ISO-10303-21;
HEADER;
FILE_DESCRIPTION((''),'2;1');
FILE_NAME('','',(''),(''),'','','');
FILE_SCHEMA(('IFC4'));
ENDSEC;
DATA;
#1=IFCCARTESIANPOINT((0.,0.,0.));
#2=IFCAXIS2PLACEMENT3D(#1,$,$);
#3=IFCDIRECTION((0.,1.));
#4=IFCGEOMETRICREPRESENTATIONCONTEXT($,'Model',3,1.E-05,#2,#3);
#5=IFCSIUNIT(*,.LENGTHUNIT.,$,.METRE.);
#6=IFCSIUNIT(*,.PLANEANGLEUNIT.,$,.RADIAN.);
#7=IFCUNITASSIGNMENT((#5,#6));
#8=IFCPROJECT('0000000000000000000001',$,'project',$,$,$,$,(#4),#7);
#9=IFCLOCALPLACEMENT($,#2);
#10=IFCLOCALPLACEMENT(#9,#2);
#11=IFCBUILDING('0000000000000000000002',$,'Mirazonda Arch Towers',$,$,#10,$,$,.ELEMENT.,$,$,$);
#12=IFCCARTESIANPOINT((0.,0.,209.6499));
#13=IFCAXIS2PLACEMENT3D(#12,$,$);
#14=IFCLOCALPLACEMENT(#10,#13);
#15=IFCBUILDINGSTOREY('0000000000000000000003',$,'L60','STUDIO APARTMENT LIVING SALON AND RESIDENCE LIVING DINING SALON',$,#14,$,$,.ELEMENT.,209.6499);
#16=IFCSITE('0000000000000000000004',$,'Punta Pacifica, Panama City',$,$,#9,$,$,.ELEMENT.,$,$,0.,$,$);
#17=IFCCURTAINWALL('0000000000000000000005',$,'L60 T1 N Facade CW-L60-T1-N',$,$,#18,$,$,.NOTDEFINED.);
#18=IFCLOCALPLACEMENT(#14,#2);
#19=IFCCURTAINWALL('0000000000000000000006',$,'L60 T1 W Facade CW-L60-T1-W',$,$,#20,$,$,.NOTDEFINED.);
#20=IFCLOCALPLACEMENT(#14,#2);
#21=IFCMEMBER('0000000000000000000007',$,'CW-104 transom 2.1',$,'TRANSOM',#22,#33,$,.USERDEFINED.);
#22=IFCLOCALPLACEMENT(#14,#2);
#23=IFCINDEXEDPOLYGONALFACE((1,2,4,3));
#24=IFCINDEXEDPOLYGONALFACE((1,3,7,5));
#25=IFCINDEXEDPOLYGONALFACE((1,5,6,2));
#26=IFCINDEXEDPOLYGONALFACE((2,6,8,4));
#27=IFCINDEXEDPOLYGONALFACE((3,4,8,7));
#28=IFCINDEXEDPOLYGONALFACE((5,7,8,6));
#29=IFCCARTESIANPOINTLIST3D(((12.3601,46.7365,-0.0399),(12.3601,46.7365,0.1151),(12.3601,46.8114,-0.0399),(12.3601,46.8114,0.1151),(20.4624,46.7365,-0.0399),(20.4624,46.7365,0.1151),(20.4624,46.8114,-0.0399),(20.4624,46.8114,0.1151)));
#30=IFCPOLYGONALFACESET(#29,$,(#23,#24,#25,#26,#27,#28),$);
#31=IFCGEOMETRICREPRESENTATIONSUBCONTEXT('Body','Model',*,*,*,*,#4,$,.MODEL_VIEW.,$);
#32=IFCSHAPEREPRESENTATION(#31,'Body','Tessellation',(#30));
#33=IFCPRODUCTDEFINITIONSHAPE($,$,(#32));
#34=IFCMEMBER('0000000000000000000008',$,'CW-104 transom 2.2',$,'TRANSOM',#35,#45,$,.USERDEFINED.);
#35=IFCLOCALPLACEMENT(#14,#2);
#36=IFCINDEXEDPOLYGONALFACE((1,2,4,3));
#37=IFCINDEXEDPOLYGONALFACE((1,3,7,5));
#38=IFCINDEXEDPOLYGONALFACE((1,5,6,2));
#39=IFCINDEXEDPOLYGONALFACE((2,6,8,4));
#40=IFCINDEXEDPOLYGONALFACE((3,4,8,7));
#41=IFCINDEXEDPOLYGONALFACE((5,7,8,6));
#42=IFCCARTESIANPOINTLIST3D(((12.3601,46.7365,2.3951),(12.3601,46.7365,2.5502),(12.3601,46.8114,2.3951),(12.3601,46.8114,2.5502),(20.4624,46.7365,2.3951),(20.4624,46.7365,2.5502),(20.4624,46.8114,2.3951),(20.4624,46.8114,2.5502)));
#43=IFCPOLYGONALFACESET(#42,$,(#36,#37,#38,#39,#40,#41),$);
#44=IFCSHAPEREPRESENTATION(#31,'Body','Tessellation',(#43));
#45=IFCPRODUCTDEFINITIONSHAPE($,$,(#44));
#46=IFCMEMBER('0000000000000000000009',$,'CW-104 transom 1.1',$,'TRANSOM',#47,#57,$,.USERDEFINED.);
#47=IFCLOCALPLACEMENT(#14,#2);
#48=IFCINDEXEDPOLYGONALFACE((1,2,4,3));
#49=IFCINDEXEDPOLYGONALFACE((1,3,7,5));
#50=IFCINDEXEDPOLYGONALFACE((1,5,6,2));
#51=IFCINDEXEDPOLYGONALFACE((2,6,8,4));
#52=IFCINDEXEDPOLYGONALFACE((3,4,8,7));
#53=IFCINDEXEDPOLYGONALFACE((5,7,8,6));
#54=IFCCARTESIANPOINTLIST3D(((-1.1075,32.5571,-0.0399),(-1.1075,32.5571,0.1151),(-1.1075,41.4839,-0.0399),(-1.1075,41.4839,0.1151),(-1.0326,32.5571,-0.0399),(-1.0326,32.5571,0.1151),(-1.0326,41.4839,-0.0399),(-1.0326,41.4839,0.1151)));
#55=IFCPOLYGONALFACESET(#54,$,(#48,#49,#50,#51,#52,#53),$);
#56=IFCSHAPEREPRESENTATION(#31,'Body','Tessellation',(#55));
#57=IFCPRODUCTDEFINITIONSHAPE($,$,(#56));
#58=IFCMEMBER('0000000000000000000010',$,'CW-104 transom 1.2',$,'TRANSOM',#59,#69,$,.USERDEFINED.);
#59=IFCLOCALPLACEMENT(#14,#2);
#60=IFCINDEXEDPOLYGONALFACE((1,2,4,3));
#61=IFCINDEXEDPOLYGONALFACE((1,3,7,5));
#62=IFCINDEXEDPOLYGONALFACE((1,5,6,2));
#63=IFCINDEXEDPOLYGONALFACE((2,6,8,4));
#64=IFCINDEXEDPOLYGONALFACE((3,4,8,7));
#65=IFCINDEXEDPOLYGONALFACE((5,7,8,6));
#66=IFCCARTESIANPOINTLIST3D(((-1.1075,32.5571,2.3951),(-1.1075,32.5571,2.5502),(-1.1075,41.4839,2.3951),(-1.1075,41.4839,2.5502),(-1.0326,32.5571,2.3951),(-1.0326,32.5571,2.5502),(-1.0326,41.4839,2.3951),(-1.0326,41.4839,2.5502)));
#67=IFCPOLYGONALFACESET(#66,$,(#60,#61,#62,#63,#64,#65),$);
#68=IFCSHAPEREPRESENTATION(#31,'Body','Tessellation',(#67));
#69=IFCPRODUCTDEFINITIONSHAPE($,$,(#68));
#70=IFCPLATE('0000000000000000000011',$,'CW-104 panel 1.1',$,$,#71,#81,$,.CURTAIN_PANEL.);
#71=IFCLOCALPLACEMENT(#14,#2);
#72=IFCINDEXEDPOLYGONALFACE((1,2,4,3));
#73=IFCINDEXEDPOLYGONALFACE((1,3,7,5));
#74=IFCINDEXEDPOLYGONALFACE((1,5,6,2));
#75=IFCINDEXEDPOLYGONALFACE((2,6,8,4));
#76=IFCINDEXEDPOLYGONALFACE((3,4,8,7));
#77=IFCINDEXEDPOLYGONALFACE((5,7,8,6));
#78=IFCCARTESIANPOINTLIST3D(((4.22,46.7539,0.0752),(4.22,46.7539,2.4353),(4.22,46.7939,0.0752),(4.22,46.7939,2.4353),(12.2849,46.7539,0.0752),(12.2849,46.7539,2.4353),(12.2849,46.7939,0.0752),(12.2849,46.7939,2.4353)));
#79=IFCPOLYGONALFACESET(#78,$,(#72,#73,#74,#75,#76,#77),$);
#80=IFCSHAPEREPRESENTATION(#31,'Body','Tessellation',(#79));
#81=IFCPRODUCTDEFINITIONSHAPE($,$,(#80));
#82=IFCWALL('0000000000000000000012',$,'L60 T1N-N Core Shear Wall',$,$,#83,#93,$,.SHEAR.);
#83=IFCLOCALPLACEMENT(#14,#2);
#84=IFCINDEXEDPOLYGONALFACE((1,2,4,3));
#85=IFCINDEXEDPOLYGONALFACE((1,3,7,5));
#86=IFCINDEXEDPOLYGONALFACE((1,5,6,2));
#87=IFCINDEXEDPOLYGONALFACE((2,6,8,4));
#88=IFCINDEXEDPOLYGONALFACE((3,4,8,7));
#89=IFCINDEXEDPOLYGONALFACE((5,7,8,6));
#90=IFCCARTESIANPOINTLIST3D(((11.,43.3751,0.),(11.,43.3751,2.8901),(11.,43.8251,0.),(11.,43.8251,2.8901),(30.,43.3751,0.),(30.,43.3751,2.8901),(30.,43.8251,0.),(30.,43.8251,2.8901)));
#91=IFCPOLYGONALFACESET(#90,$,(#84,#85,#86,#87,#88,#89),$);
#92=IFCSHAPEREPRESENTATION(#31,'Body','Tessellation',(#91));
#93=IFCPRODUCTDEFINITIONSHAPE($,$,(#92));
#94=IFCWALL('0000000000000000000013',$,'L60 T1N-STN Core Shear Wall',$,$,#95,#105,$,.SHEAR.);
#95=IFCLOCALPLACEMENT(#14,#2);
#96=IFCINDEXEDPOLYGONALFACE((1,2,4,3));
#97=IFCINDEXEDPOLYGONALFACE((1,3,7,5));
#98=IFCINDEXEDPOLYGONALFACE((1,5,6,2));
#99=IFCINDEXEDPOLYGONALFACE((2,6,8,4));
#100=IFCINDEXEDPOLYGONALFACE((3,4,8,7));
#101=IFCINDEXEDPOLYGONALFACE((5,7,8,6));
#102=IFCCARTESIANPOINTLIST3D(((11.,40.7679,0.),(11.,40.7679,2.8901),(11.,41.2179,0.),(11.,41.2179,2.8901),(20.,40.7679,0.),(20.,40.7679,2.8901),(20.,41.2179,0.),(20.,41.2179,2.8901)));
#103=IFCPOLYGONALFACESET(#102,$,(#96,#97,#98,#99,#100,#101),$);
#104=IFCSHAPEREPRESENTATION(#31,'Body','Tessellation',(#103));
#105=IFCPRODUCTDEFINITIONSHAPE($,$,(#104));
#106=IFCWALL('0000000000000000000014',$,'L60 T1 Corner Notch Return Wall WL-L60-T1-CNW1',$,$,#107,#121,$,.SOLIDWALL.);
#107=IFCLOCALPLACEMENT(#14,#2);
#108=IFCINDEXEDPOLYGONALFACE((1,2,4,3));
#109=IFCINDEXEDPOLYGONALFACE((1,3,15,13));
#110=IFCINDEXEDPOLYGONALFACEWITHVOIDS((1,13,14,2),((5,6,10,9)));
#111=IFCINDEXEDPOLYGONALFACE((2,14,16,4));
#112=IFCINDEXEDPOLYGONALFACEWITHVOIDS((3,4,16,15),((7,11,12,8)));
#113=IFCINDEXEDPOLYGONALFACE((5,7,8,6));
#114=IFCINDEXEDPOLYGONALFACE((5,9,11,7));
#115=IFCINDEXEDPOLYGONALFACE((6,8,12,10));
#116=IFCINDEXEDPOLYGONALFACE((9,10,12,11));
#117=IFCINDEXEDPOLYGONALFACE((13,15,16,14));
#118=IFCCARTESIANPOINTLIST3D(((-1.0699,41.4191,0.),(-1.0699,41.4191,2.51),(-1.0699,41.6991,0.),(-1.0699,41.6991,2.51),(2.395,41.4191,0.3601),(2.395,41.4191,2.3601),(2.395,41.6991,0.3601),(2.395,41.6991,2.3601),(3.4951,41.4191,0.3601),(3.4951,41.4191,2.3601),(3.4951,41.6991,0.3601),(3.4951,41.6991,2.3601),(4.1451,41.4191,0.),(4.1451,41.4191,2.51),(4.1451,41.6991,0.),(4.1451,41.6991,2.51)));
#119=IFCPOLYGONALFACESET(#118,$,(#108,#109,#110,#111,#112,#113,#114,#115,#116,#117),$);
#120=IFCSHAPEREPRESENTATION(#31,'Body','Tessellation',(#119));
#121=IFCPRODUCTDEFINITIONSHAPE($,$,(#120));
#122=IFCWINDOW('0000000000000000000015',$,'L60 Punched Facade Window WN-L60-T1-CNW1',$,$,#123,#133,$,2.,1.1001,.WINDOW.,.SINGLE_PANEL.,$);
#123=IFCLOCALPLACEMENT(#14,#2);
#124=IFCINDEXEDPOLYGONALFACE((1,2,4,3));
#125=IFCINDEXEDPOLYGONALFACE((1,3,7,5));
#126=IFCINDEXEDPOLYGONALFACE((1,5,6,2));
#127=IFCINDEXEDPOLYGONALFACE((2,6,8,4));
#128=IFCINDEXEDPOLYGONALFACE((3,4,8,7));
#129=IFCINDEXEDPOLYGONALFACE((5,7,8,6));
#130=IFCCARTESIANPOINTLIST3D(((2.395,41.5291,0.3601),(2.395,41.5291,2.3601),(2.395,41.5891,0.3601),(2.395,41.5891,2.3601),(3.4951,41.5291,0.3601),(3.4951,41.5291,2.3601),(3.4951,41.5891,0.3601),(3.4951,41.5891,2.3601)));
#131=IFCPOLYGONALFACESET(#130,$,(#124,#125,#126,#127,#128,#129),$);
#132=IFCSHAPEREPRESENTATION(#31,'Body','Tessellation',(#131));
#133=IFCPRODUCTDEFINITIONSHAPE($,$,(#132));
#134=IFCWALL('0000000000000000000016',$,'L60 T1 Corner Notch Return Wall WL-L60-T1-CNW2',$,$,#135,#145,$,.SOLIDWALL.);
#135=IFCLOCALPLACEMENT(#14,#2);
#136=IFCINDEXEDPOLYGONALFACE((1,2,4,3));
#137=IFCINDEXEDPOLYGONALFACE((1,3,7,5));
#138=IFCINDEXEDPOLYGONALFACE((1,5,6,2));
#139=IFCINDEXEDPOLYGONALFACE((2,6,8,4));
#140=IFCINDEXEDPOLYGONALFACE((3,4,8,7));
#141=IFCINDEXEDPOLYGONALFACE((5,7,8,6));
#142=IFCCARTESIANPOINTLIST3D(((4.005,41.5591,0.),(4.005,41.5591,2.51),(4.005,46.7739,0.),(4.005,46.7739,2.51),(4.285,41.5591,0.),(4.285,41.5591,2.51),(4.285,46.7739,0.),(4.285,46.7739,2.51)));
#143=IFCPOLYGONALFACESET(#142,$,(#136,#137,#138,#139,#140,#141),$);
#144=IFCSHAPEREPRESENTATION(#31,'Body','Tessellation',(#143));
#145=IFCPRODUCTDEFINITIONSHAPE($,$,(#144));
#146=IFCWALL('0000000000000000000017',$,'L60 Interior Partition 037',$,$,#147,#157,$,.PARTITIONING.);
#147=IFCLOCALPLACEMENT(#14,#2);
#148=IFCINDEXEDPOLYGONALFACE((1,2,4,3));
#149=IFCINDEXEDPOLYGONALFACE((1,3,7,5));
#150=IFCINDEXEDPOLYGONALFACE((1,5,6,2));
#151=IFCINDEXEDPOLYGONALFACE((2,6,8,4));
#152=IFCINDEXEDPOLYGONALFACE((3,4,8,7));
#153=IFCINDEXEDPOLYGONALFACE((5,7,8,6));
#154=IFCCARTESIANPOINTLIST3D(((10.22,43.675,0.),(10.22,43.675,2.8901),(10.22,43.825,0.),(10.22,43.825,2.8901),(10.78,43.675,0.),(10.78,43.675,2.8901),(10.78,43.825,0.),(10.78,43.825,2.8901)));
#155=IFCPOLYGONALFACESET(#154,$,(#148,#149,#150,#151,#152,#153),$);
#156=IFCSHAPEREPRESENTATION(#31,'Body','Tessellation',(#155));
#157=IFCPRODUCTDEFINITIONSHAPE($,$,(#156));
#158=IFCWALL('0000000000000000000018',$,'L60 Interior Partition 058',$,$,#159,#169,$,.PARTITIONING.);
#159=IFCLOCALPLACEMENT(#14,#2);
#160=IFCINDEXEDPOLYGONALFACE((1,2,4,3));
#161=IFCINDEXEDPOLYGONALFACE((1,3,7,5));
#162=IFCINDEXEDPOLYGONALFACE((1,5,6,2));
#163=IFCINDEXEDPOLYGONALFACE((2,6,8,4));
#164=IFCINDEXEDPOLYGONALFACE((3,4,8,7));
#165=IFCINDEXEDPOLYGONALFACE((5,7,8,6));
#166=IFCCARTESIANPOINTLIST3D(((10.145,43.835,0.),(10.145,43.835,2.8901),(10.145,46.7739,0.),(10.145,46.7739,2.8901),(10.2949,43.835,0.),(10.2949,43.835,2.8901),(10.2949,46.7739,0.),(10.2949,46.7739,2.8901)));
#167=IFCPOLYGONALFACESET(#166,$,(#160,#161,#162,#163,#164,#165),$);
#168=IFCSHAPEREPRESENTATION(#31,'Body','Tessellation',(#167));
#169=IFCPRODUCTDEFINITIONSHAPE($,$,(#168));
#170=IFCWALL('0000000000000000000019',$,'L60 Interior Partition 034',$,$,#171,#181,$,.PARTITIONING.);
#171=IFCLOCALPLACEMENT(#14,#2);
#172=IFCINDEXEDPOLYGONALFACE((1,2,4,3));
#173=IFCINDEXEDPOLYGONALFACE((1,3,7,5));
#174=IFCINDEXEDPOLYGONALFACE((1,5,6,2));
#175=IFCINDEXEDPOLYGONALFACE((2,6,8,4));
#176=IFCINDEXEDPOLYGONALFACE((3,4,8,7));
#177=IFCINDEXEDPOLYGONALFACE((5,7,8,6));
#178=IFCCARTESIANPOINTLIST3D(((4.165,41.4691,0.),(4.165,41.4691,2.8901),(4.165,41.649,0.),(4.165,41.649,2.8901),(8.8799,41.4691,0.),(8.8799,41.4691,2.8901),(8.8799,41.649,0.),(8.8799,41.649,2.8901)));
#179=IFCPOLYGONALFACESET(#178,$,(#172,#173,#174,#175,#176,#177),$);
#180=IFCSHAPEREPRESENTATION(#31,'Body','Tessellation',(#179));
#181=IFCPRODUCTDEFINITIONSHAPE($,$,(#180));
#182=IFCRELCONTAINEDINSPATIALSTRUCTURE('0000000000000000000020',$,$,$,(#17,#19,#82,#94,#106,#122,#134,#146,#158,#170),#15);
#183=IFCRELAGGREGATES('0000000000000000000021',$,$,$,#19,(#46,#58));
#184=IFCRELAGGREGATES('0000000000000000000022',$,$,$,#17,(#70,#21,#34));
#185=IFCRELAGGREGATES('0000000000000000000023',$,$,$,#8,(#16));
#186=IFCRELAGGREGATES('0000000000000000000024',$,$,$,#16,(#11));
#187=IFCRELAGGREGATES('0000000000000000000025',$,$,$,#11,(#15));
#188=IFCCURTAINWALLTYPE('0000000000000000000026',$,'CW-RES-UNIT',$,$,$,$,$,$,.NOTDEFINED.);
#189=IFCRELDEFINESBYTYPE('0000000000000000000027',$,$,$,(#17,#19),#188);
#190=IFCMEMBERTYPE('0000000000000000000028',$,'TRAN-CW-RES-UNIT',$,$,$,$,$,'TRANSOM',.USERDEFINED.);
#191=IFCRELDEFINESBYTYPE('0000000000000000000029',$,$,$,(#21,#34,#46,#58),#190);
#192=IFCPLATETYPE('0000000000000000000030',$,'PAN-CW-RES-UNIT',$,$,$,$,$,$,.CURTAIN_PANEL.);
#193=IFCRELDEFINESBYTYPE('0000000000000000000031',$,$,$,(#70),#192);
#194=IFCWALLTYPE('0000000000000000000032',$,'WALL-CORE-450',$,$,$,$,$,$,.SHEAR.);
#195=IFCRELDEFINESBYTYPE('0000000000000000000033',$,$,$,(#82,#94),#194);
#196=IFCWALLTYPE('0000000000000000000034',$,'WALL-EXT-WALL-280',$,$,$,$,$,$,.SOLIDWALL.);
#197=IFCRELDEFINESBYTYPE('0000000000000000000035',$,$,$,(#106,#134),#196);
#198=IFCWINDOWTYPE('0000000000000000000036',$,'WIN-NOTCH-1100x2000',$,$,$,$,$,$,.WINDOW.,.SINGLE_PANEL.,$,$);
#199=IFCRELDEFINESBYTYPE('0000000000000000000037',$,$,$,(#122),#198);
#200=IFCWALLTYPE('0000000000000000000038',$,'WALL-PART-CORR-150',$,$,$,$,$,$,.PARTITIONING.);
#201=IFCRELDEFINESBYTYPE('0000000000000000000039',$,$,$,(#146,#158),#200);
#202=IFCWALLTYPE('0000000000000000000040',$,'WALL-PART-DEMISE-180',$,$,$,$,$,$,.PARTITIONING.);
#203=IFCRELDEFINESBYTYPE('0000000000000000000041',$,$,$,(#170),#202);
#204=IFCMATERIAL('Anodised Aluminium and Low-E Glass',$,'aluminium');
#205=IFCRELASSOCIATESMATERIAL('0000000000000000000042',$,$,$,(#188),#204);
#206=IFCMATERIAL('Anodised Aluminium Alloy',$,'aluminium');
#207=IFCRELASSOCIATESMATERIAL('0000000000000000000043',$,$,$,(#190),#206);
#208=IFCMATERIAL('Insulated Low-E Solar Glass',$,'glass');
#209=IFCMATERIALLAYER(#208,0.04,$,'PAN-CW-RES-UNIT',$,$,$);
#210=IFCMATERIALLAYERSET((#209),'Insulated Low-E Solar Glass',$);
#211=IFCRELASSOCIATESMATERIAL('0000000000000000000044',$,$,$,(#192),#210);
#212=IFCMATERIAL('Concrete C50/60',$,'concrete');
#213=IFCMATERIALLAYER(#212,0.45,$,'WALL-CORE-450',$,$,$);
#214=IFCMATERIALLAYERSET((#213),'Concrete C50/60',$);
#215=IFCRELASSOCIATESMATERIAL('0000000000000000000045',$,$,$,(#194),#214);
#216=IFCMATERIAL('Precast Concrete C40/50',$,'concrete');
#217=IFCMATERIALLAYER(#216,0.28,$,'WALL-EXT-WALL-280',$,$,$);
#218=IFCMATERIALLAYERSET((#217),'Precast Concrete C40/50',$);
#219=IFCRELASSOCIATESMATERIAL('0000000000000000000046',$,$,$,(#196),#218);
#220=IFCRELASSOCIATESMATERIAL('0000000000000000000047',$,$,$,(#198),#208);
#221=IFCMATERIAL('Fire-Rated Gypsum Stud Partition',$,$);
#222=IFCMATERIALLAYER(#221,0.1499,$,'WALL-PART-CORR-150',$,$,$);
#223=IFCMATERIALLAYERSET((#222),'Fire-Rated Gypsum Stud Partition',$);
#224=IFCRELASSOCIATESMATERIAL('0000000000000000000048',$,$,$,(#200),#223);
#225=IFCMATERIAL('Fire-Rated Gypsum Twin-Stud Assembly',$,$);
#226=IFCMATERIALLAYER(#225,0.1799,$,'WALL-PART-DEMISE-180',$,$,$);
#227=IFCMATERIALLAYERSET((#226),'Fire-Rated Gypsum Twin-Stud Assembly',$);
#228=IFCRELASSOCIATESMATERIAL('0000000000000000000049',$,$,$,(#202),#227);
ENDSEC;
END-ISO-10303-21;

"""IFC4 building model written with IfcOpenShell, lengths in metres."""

from ifc_helpers import new_model, si_unit, direction, frame, frame_2d, origin, origin_2d, place, context, subcontext, project, spatial, rectangle, extrude, material, layer, layer_set, material_profile, profile_set, type_object, element, fill, aggregate, save


model = new_model("IFC4")

# Units and contexts
model_context = context("Model", 3, precision=1e-05, world=origin(), true_north=direction((0.0, 1.0)))
body_context = subcontext(model_context, "Body", "Model", "MODEL_VIEW")
ifc_project = project(units=[si_unit("LENGTHUNIT", "METRE"), si_unit("PLANEANGLEUNIT", "RADIAN")], contexts=[model_context])

# Site, building, storey
site_placement = place(None, origin())
site = spatial("IfcSite", under=ifc_project, at=site_placement, Name="Punta Pacifica, Panama City", CompositionType="ELEMENT", RefElevation=0.0)
building_placement = place(site_placement, origin())
building = spatial("IfcBuilding", under=site, at=building_placement, Name="Mirazonda Arch Towers", CompositionType="ELEMENT")
storey_placement = place(building_placement, frame((0.0, 0.0, 209.6499)))
storey = spatial("IfcBuildingStorey", under=building, at=storey_placement, Name="L60", Description="STUDIO APARTMENT LIVING SALON AND RESIDENCE LIVING DINING SALON", CompositionType="ELEMENT", Elevation=209.6499)

# Shared definitions
ifc_material_1 = material(Name="Concrete C50/60", Category="concrete")

# Curtain wall
ifc_material_2 = material(Name="Anodised Aluminium and Low-E Glass", Category="aluminium")
curtain_wall_type = type_object("IfcCurtainWallType", Name="CW-RES-UNIT", PredefinedType="NOTDEFINED", material=ifc_material_2)
curtain_wall_1_placement = place(storey_placement, origin())
curtain_wall_1 = element("IfcCurtainWall", 1, at=curtain_wall_1_placement, inside=storey, type_object=curtain_wall_type, Name="L60 T1 N Facade CW-L60-T1-N", PredefinedType="NOTDEFINED")
ifc_material_3 = material(Name="Anodised Aluminium Alloy", Category="aluminium")

# Curtain wall
curtain_wall_2_placement = place(storey_placement, origin())
curtain_wall_2 = element("IfcCurtainWall", 2, at=curtain_wall_2_placement, inside=storey, type_object=curtain_wall_type, Name="L60 T1 W Facade CW-L60-T1-W", PredefinedType="NOTDEFINED")

# Members
ifc_material_profile_1 = material_profile(ifc_material_3, rectangle(XDim=0.075, YDim=0.155, at=origin_2d()), Name="ALU-TRAN-75x155")
ifc_profile_set_1 = profile_set([ifc_material_profile_1], Name="Anodised Aluminium Alloy")
member_type_1 = type_object("IfcMemberType", Name="TRAN-CW-RES-UNIT", ElementType="TRANSOM", PredefinedType="USERDEFINED", material=ifc_profile_set_1)
member_1_placement = place(storey_placement, frame((12.3601, 46.7739, 0.0376), z_axis=(1.0, 0.0, 0.0), x_axis=(0.0, 1.0, 0.0)))
member_1 = element("IfcMember", 3, at=member_1_placement, type_object=member_type_1, Name="CW-104 transom 2.1", ObjectType="TRANSOM", PredefinedType="USERDEFINED", context=body_context, shape_type="SweptSolid", body=[
    extrude(rectangle(XDim=0.075, YDim=0.155, at=origin_2d()), origin(), (0.0, 0.0, 1.0), 8.1023),
])
member_2_placement = place(storey_placement, frame((12.3601, 46.7739, 2.4727), z_axis=(1.0, 0.0, 0.0), x_axis=(0.0, 1.0, 0.0)))
member_2 = element("IfcMember", 4, at=member_2_placement, type_object=member_type_1, Name="CW-104 transom 2.2", ObjectType="TRANSOM", PredefinedType="USERDEFINED", context=body_context, shape_type="SweptSolid", body=[
    extrude(rectangle(XDim=0.075, YDim=0.155, at=origin_2d()), origin(), (0.0, 0.0, 1.0), 8.1023),
])
member_3_placement = place(storey_placement, frame((-1.0701, 41.4839, 0.0376), z_axis=(0.0, -1.0, 0.0), x_axis=(1.0, 0.0, 0.0)))
member_3 = element("IfcMember", 5, at=member_3_placement, type_object=member_type_1, Name="CW-104 transom 1.1", ObjectType="TRANSOM", PredefinedType="USERDEFINED", context=body_context, shape_type="SweptSolid", body=[
    extrude(rectangle(XDim=0.075, YDim=0.155, at=origin_2d()), origin(), (0.0, 0.0, 1.0), 8.9268),
])
member_4_placement = place(storey_placement, frame((-1.0701, 41.4839, 2.4727), z_axis=(0.0, -1.0, 0.0), x_axis=(1.0, 0.0, 0.0)))
member_4 = element("IfcMember", 6, at=member_4_placement, type_object=member_type_1, Name="CW-104 transom 1.2", ObjectType="TRANSOM", PredefinedType="USERDEFINED", context=body_context, shape_type="SweptSolid", body=[
    extrude(rectangle(XDim=0.075, YDim=0.155, at=origin_2d()), origin(), (0.0, 0.0, 1.0), 8.9268),
])
aggregate(curtain_wall_2, [member_3, member_4])

# Plate
ifc_material_4 = material(Name="Insulated Low-E Solar Glass", Category="glass")
ifc_layer_1 = layer(ifc_material_4, 0.04, Name="PAN-CW-RES-UNIT")
ifc_layer_set_1 = layer_set([ifc_layer_1], Name="Insulated Low-E Solar Glass")
plate_type = type_object("IfcPlateType", Name="PAN-CW-RES-UNIT", PredefinedType="CURTAIN_PANEL", material=ifc_layer_set_1)
plate_placement = place(storey_placement, frame((8.2524, 46.7739, 0.0752), z_axis=(0.0, 0.0, 1.0), x_axis=(1.0, 0.0, 0.0)))
plate = element("IfcPlate", 7, at=plate_placement, type_object=plate_type, Name="CW-104 panel 1.1", PredefinedType="CURTAIN_PANEL", context=body_context, shape_type="SweptSolid", body=[
    extrude(rectangle(XDim=8.0649, YDim=0.04, at=origin_2d()), origin(), (0.0, 0.0, 1.0), 2.3601),
])
aggregate(curtain_wall_1, [plate, member_1, member_2])

# Walls
ifc_layer_2 = layer(ifc_material_1, 0.45, Name="WALL-CORE-450")
ifc_layer_set_2 = layer_set([ifc_layer_2], Name="Concrete C50/60")
wall_type_1 = type_object("IfcWallType", Name="WALL-CORE-450", PredefinedType="SHEAR", material=ifc_layer_set_2)
wall_1_placement = place(storey_placement, frame((11.0, 43.6001, 0.0), z_axis=(0.0, 0.0, 1.0), x_axis=(1.0, 0.0, 0.0)))
element("IfcWall", 8, at=wall_1_placement, inside=storey, type_object=wall_type_1, Name="L60 T1N-N Core Shear Wall", PredefinedType="SHEAR", context=body_context, shape_type="SweptSolid", body=[
    extrude(rectangle(XDim=19.0, YDim=0.45, at=frame_2d((9.5, 0.0))), origin(), (0.0, 0.0, 1.0), 2.8901),
])
wall_2_placement = place(storey_placement, frame((11.0, 40.9929, 0.0), z_axis=(0.0, 0.0, 1.0), x_axis=(1.0, 0.0, 0.0)))
element("IfcWall", 9, at=wall_2_placement, inside=storey, type_object=wall_type_1, Name="L60 T1N-STN Core Shear Wall", PredefinedType="SHEAR", context=body_context, shape_type="SweptSolid", body=[
    extrude(rectangle(XDim=9.0, YDim=0.45, at=frame_2d((4.5, 0.0))), origin(), (0.0, 0.0, 1.0), 2.8901),
])

# Wall, opening, window
ifc_material_5 = material(Name="Precast Concrete C40/50", Category="concrete")
ifc_layer_3 = layer(ifc_material_5, 0.28, Name="WALL-EXT-WALL-280")
ifc_layer_set_3 = layer_set([ifc_layer_3], Name="Precast Concrete C40/50")
wall_type_2 = type_object("IfcWallType", Name="WALL-EXT-WALL-280", PredefinedType="SOLIDWALL", material=ifc_layer_set_3)
wall_3_placement = place(storey_placement, frame((4.145, 41.5591, 0.0), z_axis=(0.0, 0.0, 1.0), x_axis=(-1.0, 0.0, 0.0)))
wall_3 = element("IfcWall", 10, at=wall_3_placement, inside=storey, type_object=wall_type_2, Name="L60 T1 Corner Notch Return Wall WL-L60-T1-CNW1", PredefinedType="SOLIDWALL", context=body_context, shape_type="SweptSolid", body=[
    extrude(rectangle(XDim=5.2151, YDim=0.28, at=frame_2d((2.6074, 0.0))), origin(), (0.0, 0.0, 1.0), 2.51),
])
opening_1_placement = place(wall_3_placement, frame((0.6499, 0.0, 0.3601)))
opening_1 = element("IfcOpeningElement", 11, at=opening_1_placement, cuts=wall_3, PredefinedType="OPENING", context=body_context, shape_type="SweptSolid", body=[
    extrude(rectangle(XDim=1.1001, YDim=2.0, at=frame_2d((0.55, 1.0))), frame((0.0, 0.1499, 0.0), z_axis=(0.0, -1.0, 0.0), x_axis=(1.0, 0.0, 0.0)), (0.0, 0.0, 1.0), 0.3),
])
window_type = type_object("IfcWindowType", Name="WIN-NOTCH-1100x2000", PartitioningType="SINGLE_PANEL", PredefinedType="WINDOW", material=ifc_material_4)
window_placement = place(opening_1_placement, origin())
window = element("IfcWindow", 12, at=window_placement, inside=storey, type_object=window_type, Name="L60 Punched Facade Window WN-L60-T1-CNW1", OverallHeight=2.0, OverallWidth=1.1001, PartitioningType="SINGLE_PANEL", PredefinedType="WINDOW", context=body_context, shape_type="SweptSolid", body=[
    extrude(rectangle(XDim=1.1001, YDim=2.0, at=frame_2d((0.55, 1.0))), frame((0.0, 0.03, 0.0), z_axis=(0.0, -1.0, 0.0), x_axis=(1.0, 0.0, 0.0)), (0.0, 0.0, 1.0), 0.0601),
])
fill(opening_1, window)

# Walls
wall_4_placement = place(storey_placement, frame((4.145, 46.7739, 0.0), z_axis=(0.0, 0.0, 1.0), x_axis=(0.0, -1.0, 0.0)))
element("IfcWall", 13, at=wall_4_placement, inside=storey, type_object=wall_type_2, Name="L60 T1 Corner Notch Return Wall WL-L60-T1-CNW2", PredefinedType="SOLIDWALL", context=body_context, shape_type="SweptSolid", body=[
    extrude(rectangle(XDim=5.2148, YDim=0.28, at=frame_2d((2.6074, 0.0))), origin(), (0.0, 0.0, 1.0), 2.51),
])
ifc_material_6 = material(Name="Fire-Rated Gypsum Stud Partition")
ifc_layer_4 = layer(ifc_material_6, 0.1499, Name="WALL-PART-CORR-150")
ifc_layer_set_4 = layer_set([ifc_layer_4], Name="Fire-Rated Gypsum Stud Partition")
wall_type_3 = type_object("IfcWallType", Name="WALL-PART-CORR-150", PredefinedType="PARTITIONING", material=ifc_layer_set_4)
wall_5_placement = place(storey_placement, frame((10.22, 43.75, 0.0), z_axis=(0.0, 0.0, 1.0), x_axis=(1.0, 0.0, 0.0)))
element("IfcWall", 14, at=wall_5_placement, inside=storey, type_object=wall_type_3, Name="L60 Interior Partition 037", PredefinedType="PARTITIONING", context=body_context, shape_type="SweptSolid", body=[
    extrude(rectangle(XDim=0.5601, YDim=0.1499, at=frame_2d((0.28, 0.0))), origin(), (0.0, 0.0, 1.0), 2.8901),
])
wall_6_placement = place(storey_placement, frame((10.22, 43.835, 0.0), z_axis=(0.0, 0.0, 1.0), x_axis=(0.0, 1.0, 0.0)))
element("IfcWall", 15, at=wall_6_placement, inside=storey, type_object=wall_type_3, Name="L60 Interior Partition 058", PredefinedType="PARTITIONING", context=body_context, shape_type="SweptSolid", body=[
    extrude(rectangle(XDim=2.939, YDim=0.1499, at=frame_2d((1.4695, 0.0))), origin(), (0.0, 0.0, 1.0), 2.8901),
])
ifc_material_7 = material(Name="Fire-Rated Gypsum Twin-Stud Assembly")
ifc_layer_5 = layer(ifc_material_7, 0.1799, Name="WALL-PART-DEMISE-180")
ifc_layer_set_5 = layer_set([ifc_layer_5], Name="Fire-Rated Gypsum Twin-Stud Assembly")
wall_type_4 = type_object("IfcWallType", Name="WALL-PART-DEMISE-180", PredefinedType="PARTITIONING", material=ifc_layer_set_5)
wall_7_placement = place(storey_placement, frame((4.165, 41.5591, 0.0), z_axis=(0.0, 0.0, 1.0), x_axis=(1.0, 0.0, 0.0)))
element("IfcWall", 16, at=wall_7_placement, inside=storey, type_object=wall_type_4, Name="L60 Interior Partition 034", PredefinedType="PARTITIONING", context=body_context, shape_type="SweptSolid", body=[
    extrude(rectangle(XDim=4.7148, YDim=0.1799, at=frame_2d((2.3574, 0.0))), origin(), (0.0, 0.0, 1.0), 2.8901),
])

save(model, "model.ifc")
